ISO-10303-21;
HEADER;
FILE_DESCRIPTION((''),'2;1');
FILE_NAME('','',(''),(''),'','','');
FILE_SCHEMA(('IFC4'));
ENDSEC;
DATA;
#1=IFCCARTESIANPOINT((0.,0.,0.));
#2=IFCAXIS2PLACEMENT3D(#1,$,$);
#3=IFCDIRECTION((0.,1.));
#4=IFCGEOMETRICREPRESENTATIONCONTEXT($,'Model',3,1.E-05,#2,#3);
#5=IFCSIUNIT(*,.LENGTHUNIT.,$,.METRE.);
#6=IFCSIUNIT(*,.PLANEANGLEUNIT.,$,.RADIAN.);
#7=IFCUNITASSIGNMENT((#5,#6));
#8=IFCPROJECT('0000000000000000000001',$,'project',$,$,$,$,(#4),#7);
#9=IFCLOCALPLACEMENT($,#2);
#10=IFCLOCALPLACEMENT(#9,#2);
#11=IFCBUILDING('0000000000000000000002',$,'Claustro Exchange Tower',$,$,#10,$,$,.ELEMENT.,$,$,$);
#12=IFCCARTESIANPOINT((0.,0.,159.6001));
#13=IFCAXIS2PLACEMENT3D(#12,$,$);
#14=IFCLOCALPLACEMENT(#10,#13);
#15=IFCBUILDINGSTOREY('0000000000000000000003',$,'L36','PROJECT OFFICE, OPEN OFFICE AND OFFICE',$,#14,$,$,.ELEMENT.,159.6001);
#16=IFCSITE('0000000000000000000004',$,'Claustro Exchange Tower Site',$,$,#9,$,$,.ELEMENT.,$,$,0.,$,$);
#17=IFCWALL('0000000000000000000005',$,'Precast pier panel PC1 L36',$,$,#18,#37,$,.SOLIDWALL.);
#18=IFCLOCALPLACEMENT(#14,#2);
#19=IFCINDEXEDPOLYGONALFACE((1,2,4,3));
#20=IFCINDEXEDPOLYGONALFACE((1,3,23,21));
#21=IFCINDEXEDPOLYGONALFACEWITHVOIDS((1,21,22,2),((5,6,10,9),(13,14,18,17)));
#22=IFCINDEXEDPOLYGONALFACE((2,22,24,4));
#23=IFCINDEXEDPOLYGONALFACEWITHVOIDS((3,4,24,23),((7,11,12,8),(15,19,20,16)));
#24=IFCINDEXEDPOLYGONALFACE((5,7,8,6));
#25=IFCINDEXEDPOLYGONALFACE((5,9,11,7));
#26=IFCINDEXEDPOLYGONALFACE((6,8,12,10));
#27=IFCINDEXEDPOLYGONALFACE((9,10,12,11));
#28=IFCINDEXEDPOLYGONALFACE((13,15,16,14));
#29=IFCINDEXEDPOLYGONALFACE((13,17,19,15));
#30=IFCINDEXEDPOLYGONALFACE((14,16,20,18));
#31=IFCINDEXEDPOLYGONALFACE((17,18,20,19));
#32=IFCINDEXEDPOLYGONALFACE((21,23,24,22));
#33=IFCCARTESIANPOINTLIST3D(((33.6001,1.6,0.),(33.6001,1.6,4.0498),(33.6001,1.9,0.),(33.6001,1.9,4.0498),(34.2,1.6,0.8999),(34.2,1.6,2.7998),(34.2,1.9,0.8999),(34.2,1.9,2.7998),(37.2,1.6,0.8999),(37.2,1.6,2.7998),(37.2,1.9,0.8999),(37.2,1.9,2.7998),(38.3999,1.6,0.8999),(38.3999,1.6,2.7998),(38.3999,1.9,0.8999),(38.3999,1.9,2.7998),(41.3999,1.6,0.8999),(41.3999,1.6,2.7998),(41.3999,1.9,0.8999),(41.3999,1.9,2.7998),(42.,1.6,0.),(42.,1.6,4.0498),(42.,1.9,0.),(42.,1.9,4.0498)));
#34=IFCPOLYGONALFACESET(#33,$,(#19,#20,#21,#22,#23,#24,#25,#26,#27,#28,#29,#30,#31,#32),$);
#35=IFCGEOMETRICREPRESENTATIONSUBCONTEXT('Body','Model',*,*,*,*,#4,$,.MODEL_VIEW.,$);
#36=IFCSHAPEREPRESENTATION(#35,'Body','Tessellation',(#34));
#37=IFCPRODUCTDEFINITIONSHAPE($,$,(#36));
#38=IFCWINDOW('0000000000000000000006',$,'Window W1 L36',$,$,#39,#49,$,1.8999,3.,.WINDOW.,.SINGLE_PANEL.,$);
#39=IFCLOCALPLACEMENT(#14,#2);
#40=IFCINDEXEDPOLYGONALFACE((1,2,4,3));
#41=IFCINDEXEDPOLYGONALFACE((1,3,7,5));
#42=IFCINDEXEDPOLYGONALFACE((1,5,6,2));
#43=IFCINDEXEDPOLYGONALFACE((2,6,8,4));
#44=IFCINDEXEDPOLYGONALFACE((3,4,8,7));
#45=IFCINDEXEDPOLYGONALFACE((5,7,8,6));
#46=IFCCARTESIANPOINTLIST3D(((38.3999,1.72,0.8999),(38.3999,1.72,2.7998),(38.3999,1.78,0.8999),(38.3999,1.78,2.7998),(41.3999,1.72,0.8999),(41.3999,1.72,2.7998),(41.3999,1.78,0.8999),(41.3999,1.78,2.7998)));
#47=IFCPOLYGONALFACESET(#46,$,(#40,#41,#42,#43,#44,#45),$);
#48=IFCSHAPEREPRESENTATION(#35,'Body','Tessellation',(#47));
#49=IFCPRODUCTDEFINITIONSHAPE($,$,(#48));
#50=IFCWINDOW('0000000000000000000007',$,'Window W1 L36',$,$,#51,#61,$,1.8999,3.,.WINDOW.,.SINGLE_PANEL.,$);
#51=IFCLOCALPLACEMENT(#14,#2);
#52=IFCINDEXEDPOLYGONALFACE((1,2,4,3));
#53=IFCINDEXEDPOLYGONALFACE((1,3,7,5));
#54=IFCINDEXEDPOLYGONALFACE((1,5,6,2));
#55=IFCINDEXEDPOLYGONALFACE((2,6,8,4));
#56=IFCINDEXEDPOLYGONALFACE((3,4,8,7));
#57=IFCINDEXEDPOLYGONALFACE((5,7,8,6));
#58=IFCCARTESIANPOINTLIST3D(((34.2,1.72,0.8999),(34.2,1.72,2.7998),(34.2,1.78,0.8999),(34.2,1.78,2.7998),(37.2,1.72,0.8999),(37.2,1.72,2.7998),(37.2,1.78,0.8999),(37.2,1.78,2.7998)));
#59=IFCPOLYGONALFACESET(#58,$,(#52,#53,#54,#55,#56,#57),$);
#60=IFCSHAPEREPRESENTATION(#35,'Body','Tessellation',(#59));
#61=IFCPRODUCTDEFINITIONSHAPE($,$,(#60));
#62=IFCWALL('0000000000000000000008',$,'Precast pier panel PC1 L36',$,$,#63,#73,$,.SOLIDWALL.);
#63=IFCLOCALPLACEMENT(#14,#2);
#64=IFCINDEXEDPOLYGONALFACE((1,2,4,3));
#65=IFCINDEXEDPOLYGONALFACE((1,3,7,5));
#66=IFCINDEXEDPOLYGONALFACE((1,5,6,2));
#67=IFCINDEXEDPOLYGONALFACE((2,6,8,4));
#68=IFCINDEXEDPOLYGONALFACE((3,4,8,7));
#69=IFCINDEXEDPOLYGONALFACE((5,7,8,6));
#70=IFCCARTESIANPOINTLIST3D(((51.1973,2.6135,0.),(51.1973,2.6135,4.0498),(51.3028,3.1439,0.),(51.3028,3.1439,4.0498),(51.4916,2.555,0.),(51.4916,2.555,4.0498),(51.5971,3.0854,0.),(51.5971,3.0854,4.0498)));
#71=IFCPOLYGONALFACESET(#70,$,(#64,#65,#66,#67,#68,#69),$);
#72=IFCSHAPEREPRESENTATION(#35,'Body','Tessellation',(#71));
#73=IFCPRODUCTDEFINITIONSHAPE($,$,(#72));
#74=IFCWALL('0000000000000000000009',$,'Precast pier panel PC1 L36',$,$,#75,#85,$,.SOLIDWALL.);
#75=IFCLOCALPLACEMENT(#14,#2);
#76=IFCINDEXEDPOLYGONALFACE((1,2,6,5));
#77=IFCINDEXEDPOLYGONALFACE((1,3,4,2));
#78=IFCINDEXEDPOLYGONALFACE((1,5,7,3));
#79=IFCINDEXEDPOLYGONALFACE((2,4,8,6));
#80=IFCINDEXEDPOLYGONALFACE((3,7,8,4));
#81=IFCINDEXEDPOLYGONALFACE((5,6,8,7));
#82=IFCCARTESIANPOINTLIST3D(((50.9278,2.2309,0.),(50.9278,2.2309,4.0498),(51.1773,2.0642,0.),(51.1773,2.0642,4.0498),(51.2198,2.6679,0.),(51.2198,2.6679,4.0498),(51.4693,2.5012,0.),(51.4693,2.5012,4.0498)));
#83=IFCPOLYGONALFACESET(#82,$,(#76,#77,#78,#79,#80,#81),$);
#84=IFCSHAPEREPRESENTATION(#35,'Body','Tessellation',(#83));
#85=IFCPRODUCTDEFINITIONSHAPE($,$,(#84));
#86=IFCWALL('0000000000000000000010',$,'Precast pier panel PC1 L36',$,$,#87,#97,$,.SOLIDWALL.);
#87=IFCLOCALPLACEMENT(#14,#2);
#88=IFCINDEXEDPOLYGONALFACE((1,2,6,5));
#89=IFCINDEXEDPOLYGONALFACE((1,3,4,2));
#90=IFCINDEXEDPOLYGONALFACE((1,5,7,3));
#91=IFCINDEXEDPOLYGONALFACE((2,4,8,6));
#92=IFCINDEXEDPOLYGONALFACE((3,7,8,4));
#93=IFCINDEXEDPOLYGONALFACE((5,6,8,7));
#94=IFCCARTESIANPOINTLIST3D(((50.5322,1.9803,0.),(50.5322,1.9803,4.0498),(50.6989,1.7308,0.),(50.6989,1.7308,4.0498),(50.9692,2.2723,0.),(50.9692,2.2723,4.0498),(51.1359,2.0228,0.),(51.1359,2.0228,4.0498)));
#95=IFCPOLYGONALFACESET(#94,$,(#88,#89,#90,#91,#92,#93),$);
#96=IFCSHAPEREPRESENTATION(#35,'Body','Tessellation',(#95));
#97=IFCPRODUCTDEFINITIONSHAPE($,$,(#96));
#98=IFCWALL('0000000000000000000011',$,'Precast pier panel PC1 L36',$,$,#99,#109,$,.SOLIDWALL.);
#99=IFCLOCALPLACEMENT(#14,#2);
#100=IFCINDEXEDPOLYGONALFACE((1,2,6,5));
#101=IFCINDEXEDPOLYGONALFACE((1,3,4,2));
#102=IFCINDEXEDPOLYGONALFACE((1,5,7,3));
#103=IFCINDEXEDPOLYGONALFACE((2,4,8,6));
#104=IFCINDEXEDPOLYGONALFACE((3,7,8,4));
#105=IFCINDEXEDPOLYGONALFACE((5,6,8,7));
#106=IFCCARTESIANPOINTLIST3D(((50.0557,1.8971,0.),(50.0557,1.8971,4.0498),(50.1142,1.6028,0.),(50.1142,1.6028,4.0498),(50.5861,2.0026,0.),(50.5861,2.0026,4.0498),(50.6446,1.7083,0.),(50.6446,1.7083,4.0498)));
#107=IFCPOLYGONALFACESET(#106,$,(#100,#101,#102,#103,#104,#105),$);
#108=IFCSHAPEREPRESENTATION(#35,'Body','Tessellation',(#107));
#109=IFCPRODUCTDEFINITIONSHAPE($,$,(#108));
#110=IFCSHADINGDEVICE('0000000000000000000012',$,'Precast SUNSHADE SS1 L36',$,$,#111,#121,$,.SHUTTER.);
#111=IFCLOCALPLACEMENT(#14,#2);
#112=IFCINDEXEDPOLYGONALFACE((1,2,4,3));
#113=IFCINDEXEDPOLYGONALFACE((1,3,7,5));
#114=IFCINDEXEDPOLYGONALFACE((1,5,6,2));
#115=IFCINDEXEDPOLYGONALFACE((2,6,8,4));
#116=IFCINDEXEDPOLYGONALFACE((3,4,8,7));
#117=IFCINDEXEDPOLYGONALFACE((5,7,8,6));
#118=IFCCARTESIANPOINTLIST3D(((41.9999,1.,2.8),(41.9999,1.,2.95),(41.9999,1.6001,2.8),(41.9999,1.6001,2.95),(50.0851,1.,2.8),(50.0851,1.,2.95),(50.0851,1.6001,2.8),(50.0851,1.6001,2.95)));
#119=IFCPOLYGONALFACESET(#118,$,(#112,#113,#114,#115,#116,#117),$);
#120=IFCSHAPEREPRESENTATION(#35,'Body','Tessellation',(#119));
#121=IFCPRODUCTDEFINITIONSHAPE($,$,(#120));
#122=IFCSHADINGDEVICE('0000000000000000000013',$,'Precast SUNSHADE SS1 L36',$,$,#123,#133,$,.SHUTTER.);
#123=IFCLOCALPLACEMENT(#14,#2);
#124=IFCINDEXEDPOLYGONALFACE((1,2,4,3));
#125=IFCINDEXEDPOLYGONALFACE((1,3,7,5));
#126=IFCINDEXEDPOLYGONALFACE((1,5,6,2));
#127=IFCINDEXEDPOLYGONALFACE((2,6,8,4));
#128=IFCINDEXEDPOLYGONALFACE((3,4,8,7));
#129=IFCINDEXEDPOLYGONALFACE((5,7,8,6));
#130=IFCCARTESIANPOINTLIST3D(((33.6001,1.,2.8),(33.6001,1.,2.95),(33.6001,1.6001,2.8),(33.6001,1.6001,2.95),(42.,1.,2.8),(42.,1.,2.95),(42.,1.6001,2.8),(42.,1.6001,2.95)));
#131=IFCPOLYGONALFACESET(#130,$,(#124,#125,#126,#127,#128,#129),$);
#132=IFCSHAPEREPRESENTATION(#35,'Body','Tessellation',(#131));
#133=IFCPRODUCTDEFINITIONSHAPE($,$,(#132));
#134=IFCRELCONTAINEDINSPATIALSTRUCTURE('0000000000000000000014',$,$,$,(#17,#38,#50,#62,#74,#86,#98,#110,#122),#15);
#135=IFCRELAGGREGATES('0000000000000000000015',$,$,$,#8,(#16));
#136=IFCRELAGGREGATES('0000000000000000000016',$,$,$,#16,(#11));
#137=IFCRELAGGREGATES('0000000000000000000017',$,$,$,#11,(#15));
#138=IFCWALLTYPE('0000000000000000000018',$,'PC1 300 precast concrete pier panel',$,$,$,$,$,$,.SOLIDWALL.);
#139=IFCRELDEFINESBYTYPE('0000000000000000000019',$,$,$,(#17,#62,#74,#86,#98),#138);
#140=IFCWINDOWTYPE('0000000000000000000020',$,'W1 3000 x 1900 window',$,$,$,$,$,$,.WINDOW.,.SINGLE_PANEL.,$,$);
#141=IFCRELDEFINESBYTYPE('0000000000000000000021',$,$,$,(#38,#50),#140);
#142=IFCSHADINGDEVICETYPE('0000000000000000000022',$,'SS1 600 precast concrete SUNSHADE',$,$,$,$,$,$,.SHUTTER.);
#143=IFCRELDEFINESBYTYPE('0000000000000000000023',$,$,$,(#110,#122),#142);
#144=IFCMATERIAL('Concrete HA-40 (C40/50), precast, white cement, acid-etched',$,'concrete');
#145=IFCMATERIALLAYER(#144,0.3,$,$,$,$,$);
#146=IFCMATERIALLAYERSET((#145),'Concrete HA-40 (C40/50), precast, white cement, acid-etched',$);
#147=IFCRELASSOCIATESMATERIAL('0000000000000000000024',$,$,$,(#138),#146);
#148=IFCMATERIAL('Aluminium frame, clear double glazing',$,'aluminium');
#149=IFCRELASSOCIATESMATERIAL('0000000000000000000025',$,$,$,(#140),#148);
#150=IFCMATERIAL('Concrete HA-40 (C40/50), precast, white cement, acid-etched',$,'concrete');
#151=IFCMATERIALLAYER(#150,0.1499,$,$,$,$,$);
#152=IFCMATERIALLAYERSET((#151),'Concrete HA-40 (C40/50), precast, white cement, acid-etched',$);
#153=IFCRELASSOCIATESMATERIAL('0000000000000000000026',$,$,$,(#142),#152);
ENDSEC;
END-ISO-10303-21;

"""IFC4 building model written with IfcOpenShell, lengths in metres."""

from ifc_helpers import new_model, si_unit, direction, frame, frame_2d, origin, origin_2d, place, context, subcontext, project, spatial, rectangle, extrude, material, layer, layer_set, type_object, element, fill, save


model = new_model("IFC4")

# Units and contexts
model_context = context("Model", 3, precision=1e-05, world=origin(), true_north=direction((0.0, 1.0)))
body_context = subcontext(model_context, "Body", "Model", "MODEL_VIEW")
ifc_project = project(units=[si_unit("LENGTHUNIT", "METRE"), si_unit("PLANEANGLEUNIT", "RADIAN")], contexts=[model_context])

# Site, building, storey
site_placement = place(None, origin())
site = spatial("IfcSite", under=ifc_project, at=site_placement, Name="Claustro Exchange Tower Site", CompositionType="ELEMENT", RefElevation=0.0)
building_placement = place(site_placement, origin())
building = spatial("IfcBuilding", under=site, at=building_placement, Name="Claustro Exchange Tower", CompositionType="ELEMENT")
storey_placement = place(building_placement, frame((0.0, 0.0, 159.6001)))
storey = spatial("IfcBuildingStorey", under=building, at=storey_placement, Name="L36", Description="PROJECT OFFICE, OPEN OFFICE AND OFFICE", CompositionType="ELEMENT", Elevation=159.6001)

# Wall, openings, windows
ifc_material_1 = material(Name="Concrete HA-40 (C40/50), precast, white cement, acid-etched", Category="concrete")
ifc_layer_1 = layer(ifc_material_1, 0.3)
ifc_layer_set_1 = layer_set([ifc_layer_1], Name="Concrete HA-40 (C40/50), precast, white cement, acid-etched")
wall_type_1 = type_object("IfcWallType", Name="PC1 300 precast concrete pier panel", PredefinedType="SOLIDWALL", material=ifc_layer_set_1)
ifc_material_2 = material(Name="Aluminium frame, clear double glazing", Category="aluminium")
window_type = type_object("IfcWindowType", Name="W1 3000 x 1900 window", PartitioningType="SINGLE_PANEL", PredefinedType="WINDOW", material=ifc_material_2)
wall_1_placement = place(storey_placement, frame((42.0, 1.75, 0.0), z_axis=(0.0, 0.0, 1.0), x_axis=(-1.0, 0.0, 0.0)))
wall_1 = element("IfcWall", 1, at=wall_1_placement, inside=storey, type_object=wall_type_1, Name="Precast pier panel PC1 L36", PredefinedType="SOLIDWALL", context=body_context, shape_type="SweptSolid", body=[
    extrude(rectangle(XDim=8.3999, YDim=0.3, at=frame_2d((4.2, 0.0))), origin(), (0.0, 0.0, 1.0), 4.0498),
])
opening_1_placement = place(wall_1_placement, frame((0.6001, 0.0, 0.8999)))
opening_1 = element("IfcOpeningElement", 2, at=opening_1_placement, cuts=wall_1, PredefinedType="OPENING", context=body_context, shape_type="SweptSolid", body=[
    extrude(rectangle(XDim=3.0, YDim=1.8999, at=frame_2d((1.5, 0.95))), frame((0.0, 0.1599, 0.0), z_axis=(0.0, -1.0, 0.0), x_axis=(1.0, 0.0, 0.0)), (0.0, 0.0, 1.0), 0.3201),
])
opening_2_placement = place(wall_1_placement, frame((4.8, 0.0, 0.8999)))
opening_2 = element("IfcOpeningElement", 3, at=opening_2_placement, cuts=wall_1, PredefinedType="OPENING", context=body_context, shape_type="SweptSolid", body=[
    extrude(rectangle(XDim=3.0, YDim=1.8999, at=frame_2d((1.5, 0.95))), frame((0.0, 0.1599, 0.0), z_axis=(0.0, -1.0, 0.0), x_axis=(1.0, 0.0, 0.0)), (0.0, 0.0, 1.0), 0.3201),
])
window_1_placement = place(opening_1_placement, origin())
window_1 = element("IfcWindow", 4, at=window_1_placement, inside=storey, type_object=window_type, Name="Window W1 L36", OverallHeight=1.8999, OverallWidth=3.0, PartitioningType="SINGLE_PANEL", PredefinedType="WINDOW", context=body_context, shape_type="SweptSolid", body=[
    extrude(rectangle(XDim=3.0, YDim=1.8999, at=frame_2d((1.5, 0.95))), frame((0.0, 0.03, 0.0), z_axis=(0.0, -1.0, 0.0), x_axis=(1.0, 0.0, 0.0)), (0.0, 0.0, 1.0), 0.0601),
])
fill(opening_1, window_1)
window_2_placement = place(opening_2_placement, origin())
window_2 = element("IfcWindow", 5, at=window_2_placement, inside=storey, type_object=window_type, Name="Window W1 L36", OverallHeight=1.8999, OverallWidth=3.0, PartitioningType="SINGLE_PANEL", PredefinedType="WINDOW", context=body_context, shape_type="SweptSolid", body=[
    extrude(rectangle(XDim=3.0, YDim=1.8999, at=frame_2d((1.5, 0.95))), frame((0.0, 0.03, 0.0), z_axis=(0.0, -1.0, 0.0), x_axis=(1.0, 0.0, 0.0)), (0.0, 0.0, 1.0), 0.0601),
])
fill(opening_2, window_2)

# Walls
wall_2_placement = place(storey_placement, frame((51.45, 3.1147, 0.0), z_axis=(0.0, 0.0, 1.0), x_axis=(-0.195074, -0.980789, 0.0)))
element("IfcWall", 6, at=wall_2_placement, inside=storey, type_object=wall_type_1, Name="Precast pier panel PC1 L36", PredefinedType="SOLIDWALL", context=body_context, shape_type="SweptSolid", body=[
    extrude(rectangle(XDim=0.5408, YDim=0.3, at=frame_2d((0.2705, 0.0))), origin(), (0.0, 0.0, 1.0), 4.0498),
])
for number, where, z_axis, x_axis, name in (
    (7, (51.3445, 2.5845, 0.0), (0.0, 0.0, 1.0), (-0.555557, -0.831478, 0.0), "Precast pier panel PC1 L36"),
    (8, (51.0525, 2.1475, 0.0), (0.0, 0.0, 1.0), (-0.831478, -0.555557, 0.0), "Precast pier panel PC1 L36"),
):
    element("IfcWall", number, at=place(storey_placement, frame(where, z_axis=z_axis, x_axis=x_axis)), inside=storey, type_object=wall_type_1, Name=name, PredefinedType="SOLIDWALL", context=body_context, shape_type="SweptSolid", body=[
        extrude(rectangle(XDim=0.5256, YDim=0.3, at=frame_2d((0.2627, 0.0))), origin(), (0.0, 0.0, 1.0), 4.0498),
    ])
wall_3_placement = place(storey_placement, frame((50.6155, 1.8555, 0.0), z_axis=(0.0, 0.0, 1.0), x_axis=(-0.980789, -0.195074, 0.0)))
element("IfcWall", 9, at=wall_3_placement, inside=storey, type_object=wall_type_1, Name="Precast pier panel PC1 L36", PredefinedType="SOLIDWALL", context=body_context, shape_type="SweptSolid", body=[
    extrude(rectangle(XDim=0.5408, YDim=0.3, at=frame_2d((0.2705, 0.0))), origin(), (0.0, 0.0, 1.0), 4.0498),
])

# Shading devices
ifc_material_3 = material(Name="Concrete HA-40 (C40/50), precast, white cement, acid-etched", Category="concrete")
ifc_layer_2 = layer(ifc_material_3, 0.1499)
ifc_layer_set_2 = layer_set([ifc_layer_2], Name="Concrete HA-40 (C40/50), precast, white cement, acid-etched")
shading_device_type = type_object("IfcShadingDeviceType", Name="SS1 600 precast concrete SUNSHADE", PredefinedType="SHUTTER", material=ifc_layer_set_2)
shading_device_1_placement = place(storey_placement, frame((46.0425, 1.3, 2.8), z_axis=(0.0, 0.0, 1.0), x_axis=(-1.0, 0.0, 0.0)))
element("IfcShadingDevice", 10, at=shading_device_1_placement, inside=storey, type_object=shading_device_type, Name="Precast SUNSHADE SS1 L36", PredefinedType="SHUTTER", context=body_context, shape_type="SweptSolid", body=[
    extrude(rectangle(XDim=8.0852, YDim=0.6001, at=origin_2d()), origin(), (0.0, 0.0, 1.0), 0.1499),
])
shading_device_2_placement = place(storey_placement, frame((37.8, 1.3, 2.8), z_axis=(0.0, 0.0, 1.0), x_axis=(-1.0, 0.0, 0.0)))
element("IfcShadingDevice", 11, at=shading_device_2_placement, inside=storey, type_object=shading_device_type, Name="Precast SUNSHADE SS1 L36", PredefinedType="SHUTTER", context=body_context, shape_type="SweptSolid", body=[
    extrude(rectangle(XDim=8.3999, YDim=0.6001, at=origin_2d()), origin(), (0.0, 0.0, 1.0), 0.1499),
])

save(model, "model.ifc")
